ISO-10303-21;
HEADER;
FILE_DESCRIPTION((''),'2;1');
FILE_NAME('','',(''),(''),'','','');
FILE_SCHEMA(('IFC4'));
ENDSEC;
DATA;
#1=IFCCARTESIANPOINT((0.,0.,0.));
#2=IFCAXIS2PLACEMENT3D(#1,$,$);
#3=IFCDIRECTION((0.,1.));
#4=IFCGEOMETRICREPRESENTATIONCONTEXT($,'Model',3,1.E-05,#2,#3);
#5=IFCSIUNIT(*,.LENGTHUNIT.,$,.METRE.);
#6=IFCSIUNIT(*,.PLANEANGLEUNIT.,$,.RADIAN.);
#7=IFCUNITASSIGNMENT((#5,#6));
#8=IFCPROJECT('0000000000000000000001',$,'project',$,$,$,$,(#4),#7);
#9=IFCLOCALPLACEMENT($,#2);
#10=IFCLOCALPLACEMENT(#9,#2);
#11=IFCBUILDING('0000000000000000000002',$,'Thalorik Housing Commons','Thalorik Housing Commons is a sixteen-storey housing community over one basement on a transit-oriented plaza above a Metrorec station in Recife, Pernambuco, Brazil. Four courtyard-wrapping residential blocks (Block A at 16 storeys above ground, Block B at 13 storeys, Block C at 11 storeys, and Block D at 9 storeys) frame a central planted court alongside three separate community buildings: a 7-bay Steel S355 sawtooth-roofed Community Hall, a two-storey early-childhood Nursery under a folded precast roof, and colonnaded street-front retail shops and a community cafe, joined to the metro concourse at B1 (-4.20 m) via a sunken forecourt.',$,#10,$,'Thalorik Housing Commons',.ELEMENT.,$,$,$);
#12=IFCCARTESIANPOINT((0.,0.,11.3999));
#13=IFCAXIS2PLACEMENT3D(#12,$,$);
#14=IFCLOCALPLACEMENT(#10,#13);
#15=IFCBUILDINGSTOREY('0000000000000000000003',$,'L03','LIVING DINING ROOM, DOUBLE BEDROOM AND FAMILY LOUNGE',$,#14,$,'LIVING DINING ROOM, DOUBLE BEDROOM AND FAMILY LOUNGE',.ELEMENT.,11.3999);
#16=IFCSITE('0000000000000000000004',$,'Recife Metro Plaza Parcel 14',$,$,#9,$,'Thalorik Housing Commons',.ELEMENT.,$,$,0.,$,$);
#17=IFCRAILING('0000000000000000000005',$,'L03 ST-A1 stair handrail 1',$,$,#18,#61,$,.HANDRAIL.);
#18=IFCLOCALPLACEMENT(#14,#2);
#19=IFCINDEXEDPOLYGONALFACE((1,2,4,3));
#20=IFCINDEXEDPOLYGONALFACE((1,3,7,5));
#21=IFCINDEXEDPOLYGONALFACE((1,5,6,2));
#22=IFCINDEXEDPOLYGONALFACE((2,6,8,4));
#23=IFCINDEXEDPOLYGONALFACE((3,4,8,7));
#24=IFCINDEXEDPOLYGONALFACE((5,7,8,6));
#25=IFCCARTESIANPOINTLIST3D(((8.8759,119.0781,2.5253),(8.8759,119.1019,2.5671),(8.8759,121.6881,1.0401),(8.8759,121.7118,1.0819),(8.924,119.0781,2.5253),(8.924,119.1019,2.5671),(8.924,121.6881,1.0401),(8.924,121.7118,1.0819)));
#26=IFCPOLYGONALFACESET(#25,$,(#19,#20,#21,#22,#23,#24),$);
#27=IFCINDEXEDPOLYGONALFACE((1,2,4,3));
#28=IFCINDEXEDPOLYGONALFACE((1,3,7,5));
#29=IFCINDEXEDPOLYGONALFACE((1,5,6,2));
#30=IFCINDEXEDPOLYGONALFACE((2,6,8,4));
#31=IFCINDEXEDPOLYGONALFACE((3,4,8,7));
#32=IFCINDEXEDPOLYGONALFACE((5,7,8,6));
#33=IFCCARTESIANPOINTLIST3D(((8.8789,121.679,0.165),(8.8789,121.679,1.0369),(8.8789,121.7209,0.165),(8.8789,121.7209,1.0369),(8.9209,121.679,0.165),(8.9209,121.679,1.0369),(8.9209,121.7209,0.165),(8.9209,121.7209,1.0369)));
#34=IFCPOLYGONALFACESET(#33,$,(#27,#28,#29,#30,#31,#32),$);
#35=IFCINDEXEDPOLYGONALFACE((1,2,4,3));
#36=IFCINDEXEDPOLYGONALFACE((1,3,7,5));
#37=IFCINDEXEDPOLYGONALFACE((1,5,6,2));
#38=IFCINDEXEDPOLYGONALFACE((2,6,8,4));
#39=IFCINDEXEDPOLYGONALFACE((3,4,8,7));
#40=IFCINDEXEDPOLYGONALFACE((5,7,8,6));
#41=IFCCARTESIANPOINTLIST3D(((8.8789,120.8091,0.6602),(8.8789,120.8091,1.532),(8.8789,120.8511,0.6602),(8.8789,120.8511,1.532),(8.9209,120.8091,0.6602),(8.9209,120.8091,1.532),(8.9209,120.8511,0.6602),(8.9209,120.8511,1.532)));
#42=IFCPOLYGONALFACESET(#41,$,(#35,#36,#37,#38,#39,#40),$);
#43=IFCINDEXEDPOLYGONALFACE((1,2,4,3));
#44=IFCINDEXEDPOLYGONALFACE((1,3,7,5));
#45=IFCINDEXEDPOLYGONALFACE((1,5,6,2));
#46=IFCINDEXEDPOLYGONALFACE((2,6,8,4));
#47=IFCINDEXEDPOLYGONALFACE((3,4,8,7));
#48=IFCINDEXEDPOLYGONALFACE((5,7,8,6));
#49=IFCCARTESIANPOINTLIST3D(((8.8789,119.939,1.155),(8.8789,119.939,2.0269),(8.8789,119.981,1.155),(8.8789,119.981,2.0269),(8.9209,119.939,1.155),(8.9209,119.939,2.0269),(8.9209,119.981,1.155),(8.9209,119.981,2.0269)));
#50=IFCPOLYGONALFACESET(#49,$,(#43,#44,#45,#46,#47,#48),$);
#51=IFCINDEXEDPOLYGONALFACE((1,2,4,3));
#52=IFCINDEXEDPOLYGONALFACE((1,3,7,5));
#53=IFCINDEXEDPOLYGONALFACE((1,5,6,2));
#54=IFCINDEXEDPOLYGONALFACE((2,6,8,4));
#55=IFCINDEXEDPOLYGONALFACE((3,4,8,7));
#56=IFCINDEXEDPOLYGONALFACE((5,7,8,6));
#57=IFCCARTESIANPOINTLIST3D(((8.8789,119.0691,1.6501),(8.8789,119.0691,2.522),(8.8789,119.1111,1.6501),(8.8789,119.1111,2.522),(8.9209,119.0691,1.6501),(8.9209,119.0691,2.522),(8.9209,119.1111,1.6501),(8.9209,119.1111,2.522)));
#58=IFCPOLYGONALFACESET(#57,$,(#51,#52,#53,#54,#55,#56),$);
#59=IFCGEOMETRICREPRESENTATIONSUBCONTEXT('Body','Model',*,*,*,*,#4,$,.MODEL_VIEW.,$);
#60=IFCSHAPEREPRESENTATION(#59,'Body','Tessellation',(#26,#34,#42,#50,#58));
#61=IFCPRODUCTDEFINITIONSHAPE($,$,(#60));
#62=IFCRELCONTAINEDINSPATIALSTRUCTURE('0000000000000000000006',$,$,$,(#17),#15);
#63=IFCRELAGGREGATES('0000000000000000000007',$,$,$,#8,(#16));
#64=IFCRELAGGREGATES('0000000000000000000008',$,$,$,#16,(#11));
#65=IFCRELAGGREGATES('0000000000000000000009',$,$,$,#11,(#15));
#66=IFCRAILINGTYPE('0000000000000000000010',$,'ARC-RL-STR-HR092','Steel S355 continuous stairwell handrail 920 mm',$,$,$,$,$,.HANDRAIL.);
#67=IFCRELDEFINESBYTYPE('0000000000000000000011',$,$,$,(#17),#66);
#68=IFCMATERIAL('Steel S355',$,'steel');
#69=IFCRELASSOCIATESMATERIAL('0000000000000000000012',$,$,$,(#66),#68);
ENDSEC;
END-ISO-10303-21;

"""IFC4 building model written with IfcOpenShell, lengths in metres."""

from ifc_helpers import new_model, si_unit, direction, frame, origin, origin_2d, place, context, subcontext, project, spatial, rectangle, extrude, material, type_object, element, save


model = new_model("IFC4")

# Units and contexts
model_context = context("Model", 3, precision=1e-05, world=origin(), true_north=direction((0.0, 1.0)))
body_context = subcontext(model_context, "Body", "Model", "MODEL_VIEW")
ifc_project = project(units=[si_unit("LENGTHUNIT", "METRE"), si_unit("PLANEANGLEUNIT", "RADIAN")], contexts=[model_context])

# Site, building, storey
site_placement = place(None, origin())
site = spatial("IfcSite", under=ifc_project, at=site_placement, Name="Recife Metro Plaza Parcel 14", LongName="Thalorik Housing Commons", CompositionType="ELEMENT", RefElevation=0.0)
building_placement = place(site_placement, origin())
building = spatial("IfcBuilding", under=site, at=building_placement, Name="Thalorik Housing Commons", Description="Thalorik Housing Commons is a sixteen-storey housing community over one basement on a transit-oriented plaza above a Metrorec station in Recife, Pernambuco, Brazil. Four courtyard-wrapping residential blocks (Block A at 16 storeys above ground, Block B at 13 storeys, Block C at 11 storeys, and Block D at 9 storeys) frame a central planted court alongside three separate community buildings: a 7-bay Steel S355 sawtooth-roofed Community Hall, a two-storey early-childhood Nursery under a folded precast roof, and colonnaded street-front retail shops and a community cafe, joined to the metro concourse at B1 (-4.20 m) via a sunken forecourt.", LongName="Thalorik Housing Commons", CompositionType="ELEMENT")
storey_placement = place(building_placement, frame((0.0, 0.0, 11.3999)))
storey = spatial("IfcBuildingStorey", under=building, at=storey_placement, Name="L03", Description="LIVING DINING ROOM, DOUBLE BEDROOM AND FAMILY LOUNGE", LongName="LIVING DINING ROOM, DOUBLE BEDROOM AND FAMILY LOUNGE", CompositionType="ELEMENT", Elevation=11.3999)

# Shared definitions
ifc_material_1 = material(Name="Steel S355", Category="steel")

# Railing
railing_type_1 = type_object("IfcRailingType", Name="ARC-RL-STR-HR092", Description="Steel S355 continuous stairwell handrail 920 mm", PredefinedType="HANDRAIL", material=ifc_material_1)
railing_1_placement = place(storey_placement, frame((8.8999, 121.7, 0.165)))
element("IfcRailing", 1, at=railing_1_placement, inside=storey, type_object=railing_type_1, Name="L03 ST-A1 stair handrail 1", PredefinedType="HANDRAIL", context=body_context, shape_type="SweptSolid", body=[
    extrude(rectangle(XDim=0.0481, YDim=0.0481, at=origin_2d()), frame((0.0, 0.0, 0.896), z_axis=(0.0, -0.869137, 0.494571), x_axis=(1.0, 0.0, 0.0)), (0.0, 0.0, 1.0), 3.0029),
    extrude(rectangle(XDim=0.042, YDim=0.042, at=origin_2d()), origin(), (0.0, 0.0, 1.0), 0.8718),
    extrude(rectangle(XDim=0.042, YDim=0.042, at=origin_2d()), frame((0.0, -0.8699, 0.4951)), (0.0, 0.0, 1.0), 0.8718),
    extrude(rectangle(XDim=0.042, YDim=0.042, at=origin_2d()), frame((0.0, -1.74, 0.99)), (0.0, 0.0, 1.0), 0.8718),
    extrude(rectangle(XDim=0.042, YDim=0.042, at=origin_2d()), frame((0.0, -2.6099, 1.4851)), (0.0, 0.0, 1.0), 0.8718),
])

save(model, "model.ifc")
